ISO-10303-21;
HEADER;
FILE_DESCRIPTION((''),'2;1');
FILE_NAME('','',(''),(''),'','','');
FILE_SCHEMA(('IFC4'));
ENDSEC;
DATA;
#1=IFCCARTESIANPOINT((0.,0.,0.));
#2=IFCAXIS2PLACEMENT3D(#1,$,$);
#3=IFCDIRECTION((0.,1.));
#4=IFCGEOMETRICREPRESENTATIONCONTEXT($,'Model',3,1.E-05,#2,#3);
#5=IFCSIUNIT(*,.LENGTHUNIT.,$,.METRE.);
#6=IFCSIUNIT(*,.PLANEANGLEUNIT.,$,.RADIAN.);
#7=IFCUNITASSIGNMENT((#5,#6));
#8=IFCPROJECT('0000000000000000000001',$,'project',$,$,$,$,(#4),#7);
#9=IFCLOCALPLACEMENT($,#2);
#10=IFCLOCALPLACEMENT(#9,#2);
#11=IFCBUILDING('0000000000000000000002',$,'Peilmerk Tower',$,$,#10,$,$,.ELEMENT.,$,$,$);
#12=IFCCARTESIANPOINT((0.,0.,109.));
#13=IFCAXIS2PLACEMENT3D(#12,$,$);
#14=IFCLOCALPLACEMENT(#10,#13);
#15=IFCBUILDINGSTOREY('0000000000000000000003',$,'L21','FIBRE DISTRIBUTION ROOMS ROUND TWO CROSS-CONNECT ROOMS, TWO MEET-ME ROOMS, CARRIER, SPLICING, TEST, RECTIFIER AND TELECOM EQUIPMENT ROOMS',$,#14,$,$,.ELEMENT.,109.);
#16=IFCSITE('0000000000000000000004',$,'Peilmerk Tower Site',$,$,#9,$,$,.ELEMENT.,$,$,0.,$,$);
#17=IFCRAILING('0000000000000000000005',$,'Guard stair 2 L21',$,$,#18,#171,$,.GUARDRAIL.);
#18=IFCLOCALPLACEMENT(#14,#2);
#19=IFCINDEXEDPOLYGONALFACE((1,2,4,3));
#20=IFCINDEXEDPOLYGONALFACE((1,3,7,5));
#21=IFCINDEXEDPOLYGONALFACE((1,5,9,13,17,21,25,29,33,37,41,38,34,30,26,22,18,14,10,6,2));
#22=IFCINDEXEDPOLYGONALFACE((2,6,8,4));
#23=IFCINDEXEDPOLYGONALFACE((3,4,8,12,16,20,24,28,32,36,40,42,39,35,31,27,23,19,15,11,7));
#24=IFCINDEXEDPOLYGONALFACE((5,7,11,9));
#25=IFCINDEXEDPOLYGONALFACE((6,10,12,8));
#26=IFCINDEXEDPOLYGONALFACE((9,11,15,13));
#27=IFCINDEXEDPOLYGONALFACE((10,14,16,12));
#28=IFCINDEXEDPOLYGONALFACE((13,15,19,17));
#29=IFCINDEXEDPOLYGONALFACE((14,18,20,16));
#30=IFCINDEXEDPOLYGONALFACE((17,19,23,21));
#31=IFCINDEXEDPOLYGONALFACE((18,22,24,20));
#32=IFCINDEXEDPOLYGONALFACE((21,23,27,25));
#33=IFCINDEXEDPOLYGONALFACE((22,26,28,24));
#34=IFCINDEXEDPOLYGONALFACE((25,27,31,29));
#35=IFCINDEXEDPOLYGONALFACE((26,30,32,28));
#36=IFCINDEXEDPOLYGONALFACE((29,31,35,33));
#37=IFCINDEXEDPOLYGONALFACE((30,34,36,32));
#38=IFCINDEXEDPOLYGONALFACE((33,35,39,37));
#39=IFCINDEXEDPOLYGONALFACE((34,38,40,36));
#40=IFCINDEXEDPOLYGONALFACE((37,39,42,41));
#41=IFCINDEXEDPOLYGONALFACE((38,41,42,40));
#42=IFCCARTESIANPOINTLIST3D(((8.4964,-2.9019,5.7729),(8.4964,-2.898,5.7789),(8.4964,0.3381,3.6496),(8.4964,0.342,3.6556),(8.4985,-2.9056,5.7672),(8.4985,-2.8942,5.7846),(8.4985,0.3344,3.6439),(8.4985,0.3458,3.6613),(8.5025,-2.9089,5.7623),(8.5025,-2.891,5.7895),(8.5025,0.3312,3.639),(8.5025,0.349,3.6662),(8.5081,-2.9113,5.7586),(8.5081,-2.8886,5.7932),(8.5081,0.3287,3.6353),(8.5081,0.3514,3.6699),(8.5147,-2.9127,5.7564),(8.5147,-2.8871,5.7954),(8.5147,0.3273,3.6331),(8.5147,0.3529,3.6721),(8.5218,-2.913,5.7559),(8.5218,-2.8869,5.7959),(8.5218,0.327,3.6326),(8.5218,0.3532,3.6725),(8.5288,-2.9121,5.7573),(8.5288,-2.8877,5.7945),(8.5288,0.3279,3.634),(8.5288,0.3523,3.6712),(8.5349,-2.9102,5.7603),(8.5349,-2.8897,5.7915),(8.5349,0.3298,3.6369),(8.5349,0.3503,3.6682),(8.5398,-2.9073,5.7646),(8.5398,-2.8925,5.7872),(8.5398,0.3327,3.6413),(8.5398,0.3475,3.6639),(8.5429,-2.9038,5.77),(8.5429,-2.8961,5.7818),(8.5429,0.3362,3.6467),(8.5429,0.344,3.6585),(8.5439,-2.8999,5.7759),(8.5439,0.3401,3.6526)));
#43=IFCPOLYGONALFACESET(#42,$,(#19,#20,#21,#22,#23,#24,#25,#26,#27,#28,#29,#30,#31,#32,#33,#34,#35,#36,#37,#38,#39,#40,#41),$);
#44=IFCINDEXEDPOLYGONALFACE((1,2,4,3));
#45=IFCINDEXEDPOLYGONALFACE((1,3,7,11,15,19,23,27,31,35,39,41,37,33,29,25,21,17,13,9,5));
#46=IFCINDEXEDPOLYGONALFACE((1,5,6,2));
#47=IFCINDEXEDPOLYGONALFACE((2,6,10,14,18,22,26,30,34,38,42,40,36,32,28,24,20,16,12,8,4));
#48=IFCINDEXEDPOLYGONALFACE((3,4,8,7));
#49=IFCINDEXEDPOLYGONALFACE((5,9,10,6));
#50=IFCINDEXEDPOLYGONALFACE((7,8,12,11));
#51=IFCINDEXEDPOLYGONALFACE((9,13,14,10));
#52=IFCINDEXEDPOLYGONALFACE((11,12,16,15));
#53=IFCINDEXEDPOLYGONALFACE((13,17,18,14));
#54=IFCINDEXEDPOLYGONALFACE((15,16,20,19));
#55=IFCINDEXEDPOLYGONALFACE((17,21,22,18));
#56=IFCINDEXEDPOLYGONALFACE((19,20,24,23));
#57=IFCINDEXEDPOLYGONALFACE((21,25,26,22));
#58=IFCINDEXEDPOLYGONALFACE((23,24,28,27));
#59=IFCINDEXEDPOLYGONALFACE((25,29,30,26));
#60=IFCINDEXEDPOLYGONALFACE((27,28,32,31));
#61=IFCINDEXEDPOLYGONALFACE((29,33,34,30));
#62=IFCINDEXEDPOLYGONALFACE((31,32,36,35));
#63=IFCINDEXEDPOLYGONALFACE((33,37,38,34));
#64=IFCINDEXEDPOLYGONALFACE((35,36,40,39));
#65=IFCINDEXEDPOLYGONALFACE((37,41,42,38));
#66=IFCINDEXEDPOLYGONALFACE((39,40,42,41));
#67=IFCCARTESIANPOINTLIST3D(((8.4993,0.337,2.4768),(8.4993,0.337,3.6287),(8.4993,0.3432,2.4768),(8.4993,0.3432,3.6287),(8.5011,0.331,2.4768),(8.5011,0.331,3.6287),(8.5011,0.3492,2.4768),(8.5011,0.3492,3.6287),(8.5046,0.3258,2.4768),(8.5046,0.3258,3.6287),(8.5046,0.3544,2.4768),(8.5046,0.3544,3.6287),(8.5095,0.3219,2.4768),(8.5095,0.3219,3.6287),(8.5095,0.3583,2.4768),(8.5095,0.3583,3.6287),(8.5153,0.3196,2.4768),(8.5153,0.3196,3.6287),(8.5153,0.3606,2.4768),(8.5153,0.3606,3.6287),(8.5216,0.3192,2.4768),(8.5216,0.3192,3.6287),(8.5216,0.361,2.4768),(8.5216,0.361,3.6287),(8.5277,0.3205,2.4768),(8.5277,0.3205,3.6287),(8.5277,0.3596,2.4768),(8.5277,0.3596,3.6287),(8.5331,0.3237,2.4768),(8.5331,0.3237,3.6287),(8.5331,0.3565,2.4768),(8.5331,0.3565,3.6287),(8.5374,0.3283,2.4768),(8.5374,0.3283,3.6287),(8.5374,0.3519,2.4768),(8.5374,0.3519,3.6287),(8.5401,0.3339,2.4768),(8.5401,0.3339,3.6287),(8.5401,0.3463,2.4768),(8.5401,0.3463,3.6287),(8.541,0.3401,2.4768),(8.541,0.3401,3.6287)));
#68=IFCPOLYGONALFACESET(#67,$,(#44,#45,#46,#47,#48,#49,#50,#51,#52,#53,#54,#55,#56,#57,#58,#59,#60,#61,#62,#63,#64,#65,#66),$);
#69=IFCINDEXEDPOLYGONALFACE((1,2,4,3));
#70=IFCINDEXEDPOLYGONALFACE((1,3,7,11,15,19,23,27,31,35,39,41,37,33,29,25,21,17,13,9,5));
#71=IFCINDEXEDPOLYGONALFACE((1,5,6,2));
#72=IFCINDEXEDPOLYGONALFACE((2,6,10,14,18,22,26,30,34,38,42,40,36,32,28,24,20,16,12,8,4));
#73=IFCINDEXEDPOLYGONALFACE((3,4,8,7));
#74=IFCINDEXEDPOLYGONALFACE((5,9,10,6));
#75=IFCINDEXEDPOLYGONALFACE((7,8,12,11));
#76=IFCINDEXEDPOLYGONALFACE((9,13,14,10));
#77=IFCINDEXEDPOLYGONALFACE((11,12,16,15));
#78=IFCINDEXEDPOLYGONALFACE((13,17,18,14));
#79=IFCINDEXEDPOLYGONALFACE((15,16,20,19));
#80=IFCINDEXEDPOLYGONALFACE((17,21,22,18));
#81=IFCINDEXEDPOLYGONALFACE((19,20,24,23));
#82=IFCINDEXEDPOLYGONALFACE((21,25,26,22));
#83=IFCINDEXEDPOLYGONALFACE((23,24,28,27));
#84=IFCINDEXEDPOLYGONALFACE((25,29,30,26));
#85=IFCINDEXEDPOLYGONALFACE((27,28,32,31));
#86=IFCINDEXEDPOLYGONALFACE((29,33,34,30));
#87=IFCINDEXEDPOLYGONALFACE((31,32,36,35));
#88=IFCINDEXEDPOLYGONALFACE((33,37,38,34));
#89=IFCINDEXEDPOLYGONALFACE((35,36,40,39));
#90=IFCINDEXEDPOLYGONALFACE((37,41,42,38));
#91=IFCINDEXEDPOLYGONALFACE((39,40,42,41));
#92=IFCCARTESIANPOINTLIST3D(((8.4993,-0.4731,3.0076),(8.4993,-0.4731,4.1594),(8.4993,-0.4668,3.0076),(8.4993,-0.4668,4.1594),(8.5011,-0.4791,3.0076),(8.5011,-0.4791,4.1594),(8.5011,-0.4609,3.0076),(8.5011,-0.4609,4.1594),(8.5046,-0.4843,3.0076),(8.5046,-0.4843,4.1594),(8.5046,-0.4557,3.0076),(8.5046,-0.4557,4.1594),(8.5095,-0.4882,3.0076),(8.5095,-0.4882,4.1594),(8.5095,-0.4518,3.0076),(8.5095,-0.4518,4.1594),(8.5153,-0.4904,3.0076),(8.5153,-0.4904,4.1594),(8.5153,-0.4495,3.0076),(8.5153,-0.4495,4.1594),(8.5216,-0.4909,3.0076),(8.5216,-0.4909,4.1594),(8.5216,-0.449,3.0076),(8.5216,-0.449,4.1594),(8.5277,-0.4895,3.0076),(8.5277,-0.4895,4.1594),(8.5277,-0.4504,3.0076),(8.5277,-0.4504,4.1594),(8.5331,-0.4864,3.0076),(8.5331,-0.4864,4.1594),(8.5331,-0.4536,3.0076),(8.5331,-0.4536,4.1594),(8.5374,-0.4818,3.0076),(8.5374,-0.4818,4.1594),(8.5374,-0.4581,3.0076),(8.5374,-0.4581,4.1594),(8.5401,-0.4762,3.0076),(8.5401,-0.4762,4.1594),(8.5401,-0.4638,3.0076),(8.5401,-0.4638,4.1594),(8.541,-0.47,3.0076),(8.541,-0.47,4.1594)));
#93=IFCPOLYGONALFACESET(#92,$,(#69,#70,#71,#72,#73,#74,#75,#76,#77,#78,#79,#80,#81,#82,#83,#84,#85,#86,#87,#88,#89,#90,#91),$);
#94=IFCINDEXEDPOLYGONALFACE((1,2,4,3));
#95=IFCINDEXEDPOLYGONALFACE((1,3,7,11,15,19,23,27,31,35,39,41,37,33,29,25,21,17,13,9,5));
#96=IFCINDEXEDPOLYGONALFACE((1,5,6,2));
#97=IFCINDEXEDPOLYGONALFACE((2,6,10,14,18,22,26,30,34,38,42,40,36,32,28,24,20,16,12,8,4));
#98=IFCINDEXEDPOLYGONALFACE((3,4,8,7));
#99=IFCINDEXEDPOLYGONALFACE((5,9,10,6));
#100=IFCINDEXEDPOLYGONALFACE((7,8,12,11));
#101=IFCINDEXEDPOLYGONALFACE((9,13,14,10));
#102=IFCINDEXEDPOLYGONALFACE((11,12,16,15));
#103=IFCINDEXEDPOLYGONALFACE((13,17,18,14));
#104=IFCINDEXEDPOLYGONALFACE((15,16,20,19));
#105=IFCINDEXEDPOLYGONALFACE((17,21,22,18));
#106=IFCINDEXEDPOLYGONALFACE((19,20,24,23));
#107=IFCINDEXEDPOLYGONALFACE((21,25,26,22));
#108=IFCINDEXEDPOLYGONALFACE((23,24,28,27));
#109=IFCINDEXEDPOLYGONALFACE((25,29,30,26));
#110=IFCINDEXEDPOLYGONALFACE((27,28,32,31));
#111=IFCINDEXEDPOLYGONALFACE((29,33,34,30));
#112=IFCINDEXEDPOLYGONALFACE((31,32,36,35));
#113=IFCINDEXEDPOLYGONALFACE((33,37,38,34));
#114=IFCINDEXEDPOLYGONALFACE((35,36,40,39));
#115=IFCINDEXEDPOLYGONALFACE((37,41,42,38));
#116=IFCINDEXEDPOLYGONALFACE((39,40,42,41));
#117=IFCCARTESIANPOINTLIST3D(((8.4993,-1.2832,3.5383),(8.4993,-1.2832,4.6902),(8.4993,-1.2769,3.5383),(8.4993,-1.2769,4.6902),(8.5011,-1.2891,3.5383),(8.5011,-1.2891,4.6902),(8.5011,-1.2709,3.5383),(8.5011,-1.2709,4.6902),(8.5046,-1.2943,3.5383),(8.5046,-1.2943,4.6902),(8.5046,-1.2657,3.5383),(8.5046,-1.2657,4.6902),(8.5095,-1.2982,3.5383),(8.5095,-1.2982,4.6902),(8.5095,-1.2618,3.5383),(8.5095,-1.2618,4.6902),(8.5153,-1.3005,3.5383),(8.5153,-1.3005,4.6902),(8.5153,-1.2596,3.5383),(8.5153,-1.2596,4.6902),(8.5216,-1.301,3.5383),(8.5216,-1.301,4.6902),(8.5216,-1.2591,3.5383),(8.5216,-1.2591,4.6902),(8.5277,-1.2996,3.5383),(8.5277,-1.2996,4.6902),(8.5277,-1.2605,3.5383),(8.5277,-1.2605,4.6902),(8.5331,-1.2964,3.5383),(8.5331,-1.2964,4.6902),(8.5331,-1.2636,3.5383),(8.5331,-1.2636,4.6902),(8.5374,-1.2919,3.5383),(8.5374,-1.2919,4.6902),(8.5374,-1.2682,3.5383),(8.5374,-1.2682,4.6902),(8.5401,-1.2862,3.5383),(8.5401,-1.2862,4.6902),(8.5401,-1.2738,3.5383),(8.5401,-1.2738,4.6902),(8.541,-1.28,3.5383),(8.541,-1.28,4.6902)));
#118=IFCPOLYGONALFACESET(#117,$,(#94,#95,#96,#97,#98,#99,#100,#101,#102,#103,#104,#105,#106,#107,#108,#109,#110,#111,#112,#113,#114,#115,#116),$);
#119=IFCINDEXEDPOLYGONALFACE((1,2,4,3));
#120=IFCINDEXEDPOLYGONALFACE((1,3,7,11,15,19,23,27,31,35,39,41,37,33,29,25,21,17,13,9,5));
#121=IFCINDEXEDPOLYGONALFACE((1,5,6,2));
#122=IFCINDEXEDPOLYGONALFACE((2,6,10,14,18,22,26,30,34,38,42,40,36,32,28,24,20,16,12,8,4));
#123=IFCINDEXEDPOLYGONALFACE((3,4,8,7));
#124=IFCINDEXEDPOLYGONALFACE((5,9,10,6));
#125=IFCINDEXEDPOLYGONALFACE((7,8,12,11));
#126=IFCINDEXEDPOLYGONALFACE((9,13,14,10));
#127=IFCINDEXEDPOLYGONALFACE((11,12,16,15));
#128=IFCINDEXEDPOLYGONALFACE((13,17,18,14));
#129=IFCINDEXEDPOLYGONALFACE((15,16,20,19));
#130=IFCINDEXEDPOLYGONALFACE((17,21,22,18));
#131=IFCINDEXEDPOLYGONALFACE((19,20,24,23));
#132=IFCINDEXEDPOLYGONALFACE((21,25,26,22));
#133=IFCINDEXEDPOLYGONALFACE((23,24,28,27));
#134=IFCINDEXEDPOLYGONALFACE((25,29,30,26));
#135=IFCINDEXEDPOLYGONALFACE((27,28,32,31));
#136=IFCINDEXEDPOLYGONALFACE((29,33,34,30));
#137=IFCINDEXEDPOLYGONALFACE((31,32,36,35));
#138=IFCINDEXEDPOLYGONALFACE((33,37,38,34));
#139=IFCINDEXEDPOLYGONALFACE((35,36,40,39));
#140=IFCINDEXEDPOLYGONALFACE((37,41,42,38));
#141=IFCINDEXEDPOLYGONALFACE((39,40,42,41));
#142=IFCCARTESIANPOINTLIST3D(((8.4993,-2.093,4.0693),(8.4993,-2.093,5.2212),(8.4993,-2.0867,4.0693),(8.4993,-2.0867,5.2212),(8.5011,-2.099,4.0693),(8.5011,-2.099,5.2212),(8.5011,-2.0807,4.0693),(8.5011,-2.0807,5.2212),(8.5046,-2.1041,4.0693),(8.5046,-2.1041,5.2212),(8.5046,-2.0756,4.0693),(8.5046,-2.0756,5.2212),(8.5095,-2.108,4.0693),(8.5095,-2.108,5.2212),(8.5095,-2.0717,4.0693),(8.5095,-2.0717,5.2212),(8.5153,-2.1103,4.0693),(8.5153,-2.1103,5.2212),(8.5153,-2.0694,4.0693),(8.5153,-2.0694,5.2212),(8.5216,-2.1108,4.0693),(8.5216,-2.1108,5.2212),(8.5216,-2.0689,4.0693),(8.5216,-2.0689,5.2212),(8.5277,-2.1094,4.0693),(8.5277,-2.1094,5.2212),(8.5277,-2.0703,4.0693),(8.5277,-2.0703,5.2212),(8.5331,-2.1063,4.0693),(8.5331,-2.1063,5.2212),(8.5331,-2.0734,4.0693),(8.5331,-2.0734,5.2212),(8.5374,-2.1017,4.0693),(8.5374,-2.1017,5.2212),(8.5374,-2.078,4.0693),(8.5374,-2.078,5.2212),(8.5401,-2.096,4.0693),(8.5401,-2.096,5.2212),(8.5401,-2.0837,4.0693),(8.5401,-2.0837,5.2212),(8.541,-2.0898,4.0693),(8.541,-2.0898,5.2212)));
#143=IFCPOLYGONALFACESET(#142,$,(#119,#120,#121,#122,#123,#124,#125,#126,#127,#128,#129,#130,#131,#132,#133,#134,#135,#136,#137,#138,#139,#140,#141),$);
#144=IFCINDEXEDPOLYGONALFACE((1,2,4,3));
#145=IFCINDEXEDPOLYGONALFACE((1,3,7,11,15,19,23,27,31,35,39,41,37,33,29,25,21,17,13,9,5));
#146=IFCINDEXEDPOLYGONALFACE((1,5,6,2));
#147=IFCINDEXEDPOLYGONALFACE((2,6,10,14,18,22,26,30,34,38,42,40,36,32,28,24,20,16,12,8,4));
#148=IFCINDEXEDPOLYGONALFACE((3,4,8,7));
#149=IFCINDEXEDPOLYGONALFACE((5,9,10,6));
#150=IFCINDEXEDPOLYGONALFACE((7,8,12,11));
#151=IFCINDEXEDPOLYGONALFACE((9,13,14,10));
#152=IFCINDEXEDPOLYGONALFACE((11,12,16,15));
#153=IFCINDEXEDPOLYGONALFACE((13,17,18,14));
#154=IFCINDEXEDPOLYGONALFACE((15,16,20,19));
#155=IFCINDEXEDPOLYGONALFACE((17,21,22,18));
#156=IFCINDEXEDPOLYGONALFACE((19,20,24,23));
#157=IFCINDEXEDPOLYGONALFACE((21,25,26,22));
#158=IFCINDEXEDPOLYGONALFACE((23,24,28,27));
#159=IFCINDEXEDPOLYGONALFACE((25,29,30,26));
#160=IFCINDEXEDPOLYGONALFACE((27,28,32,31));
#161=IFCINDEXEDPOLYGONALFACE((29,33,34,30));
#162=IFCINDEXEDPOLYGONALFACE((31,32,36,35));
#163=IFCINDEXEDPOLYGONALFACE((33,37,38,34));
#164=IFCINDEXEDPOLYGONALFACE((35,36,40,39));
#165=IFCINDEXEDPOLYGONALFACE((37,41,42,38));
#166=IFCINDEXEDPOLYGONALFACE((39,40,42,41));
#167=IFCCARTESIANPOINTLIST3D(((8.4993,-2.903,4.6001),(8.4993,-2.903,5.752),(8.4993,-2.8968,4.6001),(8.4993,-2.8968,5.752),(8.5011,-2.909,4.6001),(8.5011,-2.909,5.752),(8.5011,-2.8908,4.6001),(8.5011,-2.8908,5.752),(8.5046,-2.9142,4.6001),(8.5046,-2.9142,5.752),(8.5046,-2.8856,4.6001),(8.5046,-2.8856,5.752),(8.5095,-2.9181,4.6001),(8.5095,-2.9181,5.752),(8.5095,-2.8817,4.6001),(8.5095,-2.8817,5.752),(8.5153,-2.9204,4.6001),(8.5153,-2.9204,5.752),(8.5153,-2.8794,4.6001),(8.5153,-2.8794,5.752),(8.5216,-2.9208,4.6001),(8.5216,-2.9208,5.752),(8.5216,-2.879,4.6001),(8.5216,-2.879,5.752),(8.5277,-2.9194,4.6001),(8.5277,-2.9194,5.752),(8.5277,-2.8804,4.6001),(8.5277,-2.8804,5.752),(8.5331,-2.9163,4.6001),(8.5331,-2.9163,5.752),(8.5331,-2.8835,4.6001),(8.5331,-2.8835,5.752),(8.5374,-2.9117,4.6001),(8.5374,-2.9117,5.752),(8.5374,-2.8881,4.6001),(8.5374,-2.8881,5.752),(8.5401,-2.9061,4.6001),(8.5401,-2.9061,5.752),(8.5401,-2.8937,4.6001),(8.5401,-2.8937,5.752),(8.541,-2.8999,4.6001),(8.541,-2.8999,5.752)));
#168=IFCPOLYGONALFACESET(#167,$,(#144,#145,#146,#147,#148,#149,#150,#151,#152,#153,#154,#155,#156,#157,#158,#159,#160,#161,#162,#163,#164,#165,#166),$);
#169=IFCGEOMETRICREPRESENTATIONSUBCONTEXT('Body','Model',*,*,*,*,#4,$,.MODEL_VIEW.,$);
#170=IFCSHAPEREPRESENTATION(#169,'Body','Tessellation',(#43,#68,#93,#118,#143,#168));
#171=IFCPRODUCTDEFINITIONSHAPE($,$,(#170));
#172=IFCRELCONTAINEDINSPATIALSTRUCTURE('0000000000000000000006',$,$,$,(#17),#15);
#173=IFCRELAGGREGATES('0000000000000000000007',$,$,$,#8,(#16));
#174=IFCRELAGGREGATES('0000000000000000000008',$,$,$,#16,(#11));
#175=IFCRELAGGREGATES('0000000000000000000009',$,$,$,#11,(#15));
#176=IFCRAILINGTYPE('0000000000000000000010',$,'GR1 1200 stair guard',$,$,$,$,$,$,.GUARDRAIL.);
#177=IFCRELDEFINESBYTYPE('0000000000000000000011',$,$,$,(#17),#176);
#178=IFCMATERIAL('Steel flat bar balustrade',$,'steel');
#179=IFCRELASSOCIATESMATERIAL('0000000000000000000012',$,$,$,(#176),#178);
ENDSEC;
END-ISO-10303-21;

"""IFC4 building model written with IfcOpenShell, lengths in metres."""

from ifc_helpers import new_model, si_unit, direction, frame, origin, origin_2d, place, context, subcontext, project, spatial, circle, extrude, material, type_object, element, save


model = new_model("IFC4")

# Units and contexts
model_context = context("Model", 3, precision=1e-05, world=origin(), true_north=direction((0.0, 1.0)))
body_context = subcontext(model_context, "Body", "Model", "MODEL_VIEW")
ifc_project = project(units=[si_unit("LENGTHUNIT", "METRE"), si_unit("PLANEANGLEUNIT", "RADIAN")], contexts=[model_context])

# Site, building, storey
site_placement = place(None, origin())
site = spatial("IfcSite", under=ifc_project, at=site_placement, Name="Peilmerk Tower Site", CompositionType="ELEMENT", RefElevation=0.0)
building_placement = place(site_placement, origin())
building = spatial("IfcBuilding", under=site, at=building_placement, Name="Peilmerk Tower", CompositionType="ELEMENT")
storey_placement = place(building_placement, frame((0.0, 0.0, 109.0)))
storey = spatial("IfcBuildingStorey", under=building, at=storey_placement, Name="L21", Description="FIBRE DISTRIBUTION ROOMS ROUND TWO CROSS-CONNECT ROOMS, TWO MEET-ME ROOMS, CARRIER, SPLICING, TEST, RECTIFIER AND TELECOM EQUIPMENT ROOMS", CompositionType="ELEMENT", Elevation=109.0)

# Railing
ifc_material_1 = material(Name="Steel flat bar balustrade", Category="steel")
railing_type_1 = type_object("IfcRailingType", Name="GR1 1200 stair guard", PredefinedType="GUARDRAIL", material=ifc_material_1)
railing_1_placement = place(storey_placement, frame((8.52, 0.3401, 2.4768)))
element("IfcRailing", 1, at=railing_1_placement, inside=storey, type_object=railing_type_1, Name="Guard stair 2 L21", PredefinedType="GUARDRAIL", context=body_context, shape_type="SweptSolid", body=[
    extrude(circle(Radius=0.0239, at=origin_2d()), frame((0.0, 0.0, 1.1758), z_axis=(0.0, -0.836397, 0.548124), x_axis=(1.0, 0.0, 0.0)), (0.0, 0.0, 1.0), 3.8738),
    extrude(circle(Radius=0.021, at=origin_2d()), origin(), (0.0, 0.0, 1.0), 1.1519),
    extrude(circle(Radius=0.021, at=origin_2d()), frame((0.0, -0.8101, 0.5308)), (0.0, 0.0, 1.0), 1.1519),
    extrude(circle(Radius=0.021, at=origin_2d()), frame((0.0, -1.6201, 1.0615)), (0.0, 0.0, 1.0), 1.1519),
    extrude(circle(Radius=0.021, at=origin_2d()), frame((0.0, -2.4299, 1.5925)), (0.0, 0.0, 1.0), 1.1519),
    extrude(circle(Radius=0.021, at=origin_2d()), frame((0.0, -3.24, 2.1233)), (0.0, 0.0, 1.0), 1.1519),
])

save(model, "model.ifc")
